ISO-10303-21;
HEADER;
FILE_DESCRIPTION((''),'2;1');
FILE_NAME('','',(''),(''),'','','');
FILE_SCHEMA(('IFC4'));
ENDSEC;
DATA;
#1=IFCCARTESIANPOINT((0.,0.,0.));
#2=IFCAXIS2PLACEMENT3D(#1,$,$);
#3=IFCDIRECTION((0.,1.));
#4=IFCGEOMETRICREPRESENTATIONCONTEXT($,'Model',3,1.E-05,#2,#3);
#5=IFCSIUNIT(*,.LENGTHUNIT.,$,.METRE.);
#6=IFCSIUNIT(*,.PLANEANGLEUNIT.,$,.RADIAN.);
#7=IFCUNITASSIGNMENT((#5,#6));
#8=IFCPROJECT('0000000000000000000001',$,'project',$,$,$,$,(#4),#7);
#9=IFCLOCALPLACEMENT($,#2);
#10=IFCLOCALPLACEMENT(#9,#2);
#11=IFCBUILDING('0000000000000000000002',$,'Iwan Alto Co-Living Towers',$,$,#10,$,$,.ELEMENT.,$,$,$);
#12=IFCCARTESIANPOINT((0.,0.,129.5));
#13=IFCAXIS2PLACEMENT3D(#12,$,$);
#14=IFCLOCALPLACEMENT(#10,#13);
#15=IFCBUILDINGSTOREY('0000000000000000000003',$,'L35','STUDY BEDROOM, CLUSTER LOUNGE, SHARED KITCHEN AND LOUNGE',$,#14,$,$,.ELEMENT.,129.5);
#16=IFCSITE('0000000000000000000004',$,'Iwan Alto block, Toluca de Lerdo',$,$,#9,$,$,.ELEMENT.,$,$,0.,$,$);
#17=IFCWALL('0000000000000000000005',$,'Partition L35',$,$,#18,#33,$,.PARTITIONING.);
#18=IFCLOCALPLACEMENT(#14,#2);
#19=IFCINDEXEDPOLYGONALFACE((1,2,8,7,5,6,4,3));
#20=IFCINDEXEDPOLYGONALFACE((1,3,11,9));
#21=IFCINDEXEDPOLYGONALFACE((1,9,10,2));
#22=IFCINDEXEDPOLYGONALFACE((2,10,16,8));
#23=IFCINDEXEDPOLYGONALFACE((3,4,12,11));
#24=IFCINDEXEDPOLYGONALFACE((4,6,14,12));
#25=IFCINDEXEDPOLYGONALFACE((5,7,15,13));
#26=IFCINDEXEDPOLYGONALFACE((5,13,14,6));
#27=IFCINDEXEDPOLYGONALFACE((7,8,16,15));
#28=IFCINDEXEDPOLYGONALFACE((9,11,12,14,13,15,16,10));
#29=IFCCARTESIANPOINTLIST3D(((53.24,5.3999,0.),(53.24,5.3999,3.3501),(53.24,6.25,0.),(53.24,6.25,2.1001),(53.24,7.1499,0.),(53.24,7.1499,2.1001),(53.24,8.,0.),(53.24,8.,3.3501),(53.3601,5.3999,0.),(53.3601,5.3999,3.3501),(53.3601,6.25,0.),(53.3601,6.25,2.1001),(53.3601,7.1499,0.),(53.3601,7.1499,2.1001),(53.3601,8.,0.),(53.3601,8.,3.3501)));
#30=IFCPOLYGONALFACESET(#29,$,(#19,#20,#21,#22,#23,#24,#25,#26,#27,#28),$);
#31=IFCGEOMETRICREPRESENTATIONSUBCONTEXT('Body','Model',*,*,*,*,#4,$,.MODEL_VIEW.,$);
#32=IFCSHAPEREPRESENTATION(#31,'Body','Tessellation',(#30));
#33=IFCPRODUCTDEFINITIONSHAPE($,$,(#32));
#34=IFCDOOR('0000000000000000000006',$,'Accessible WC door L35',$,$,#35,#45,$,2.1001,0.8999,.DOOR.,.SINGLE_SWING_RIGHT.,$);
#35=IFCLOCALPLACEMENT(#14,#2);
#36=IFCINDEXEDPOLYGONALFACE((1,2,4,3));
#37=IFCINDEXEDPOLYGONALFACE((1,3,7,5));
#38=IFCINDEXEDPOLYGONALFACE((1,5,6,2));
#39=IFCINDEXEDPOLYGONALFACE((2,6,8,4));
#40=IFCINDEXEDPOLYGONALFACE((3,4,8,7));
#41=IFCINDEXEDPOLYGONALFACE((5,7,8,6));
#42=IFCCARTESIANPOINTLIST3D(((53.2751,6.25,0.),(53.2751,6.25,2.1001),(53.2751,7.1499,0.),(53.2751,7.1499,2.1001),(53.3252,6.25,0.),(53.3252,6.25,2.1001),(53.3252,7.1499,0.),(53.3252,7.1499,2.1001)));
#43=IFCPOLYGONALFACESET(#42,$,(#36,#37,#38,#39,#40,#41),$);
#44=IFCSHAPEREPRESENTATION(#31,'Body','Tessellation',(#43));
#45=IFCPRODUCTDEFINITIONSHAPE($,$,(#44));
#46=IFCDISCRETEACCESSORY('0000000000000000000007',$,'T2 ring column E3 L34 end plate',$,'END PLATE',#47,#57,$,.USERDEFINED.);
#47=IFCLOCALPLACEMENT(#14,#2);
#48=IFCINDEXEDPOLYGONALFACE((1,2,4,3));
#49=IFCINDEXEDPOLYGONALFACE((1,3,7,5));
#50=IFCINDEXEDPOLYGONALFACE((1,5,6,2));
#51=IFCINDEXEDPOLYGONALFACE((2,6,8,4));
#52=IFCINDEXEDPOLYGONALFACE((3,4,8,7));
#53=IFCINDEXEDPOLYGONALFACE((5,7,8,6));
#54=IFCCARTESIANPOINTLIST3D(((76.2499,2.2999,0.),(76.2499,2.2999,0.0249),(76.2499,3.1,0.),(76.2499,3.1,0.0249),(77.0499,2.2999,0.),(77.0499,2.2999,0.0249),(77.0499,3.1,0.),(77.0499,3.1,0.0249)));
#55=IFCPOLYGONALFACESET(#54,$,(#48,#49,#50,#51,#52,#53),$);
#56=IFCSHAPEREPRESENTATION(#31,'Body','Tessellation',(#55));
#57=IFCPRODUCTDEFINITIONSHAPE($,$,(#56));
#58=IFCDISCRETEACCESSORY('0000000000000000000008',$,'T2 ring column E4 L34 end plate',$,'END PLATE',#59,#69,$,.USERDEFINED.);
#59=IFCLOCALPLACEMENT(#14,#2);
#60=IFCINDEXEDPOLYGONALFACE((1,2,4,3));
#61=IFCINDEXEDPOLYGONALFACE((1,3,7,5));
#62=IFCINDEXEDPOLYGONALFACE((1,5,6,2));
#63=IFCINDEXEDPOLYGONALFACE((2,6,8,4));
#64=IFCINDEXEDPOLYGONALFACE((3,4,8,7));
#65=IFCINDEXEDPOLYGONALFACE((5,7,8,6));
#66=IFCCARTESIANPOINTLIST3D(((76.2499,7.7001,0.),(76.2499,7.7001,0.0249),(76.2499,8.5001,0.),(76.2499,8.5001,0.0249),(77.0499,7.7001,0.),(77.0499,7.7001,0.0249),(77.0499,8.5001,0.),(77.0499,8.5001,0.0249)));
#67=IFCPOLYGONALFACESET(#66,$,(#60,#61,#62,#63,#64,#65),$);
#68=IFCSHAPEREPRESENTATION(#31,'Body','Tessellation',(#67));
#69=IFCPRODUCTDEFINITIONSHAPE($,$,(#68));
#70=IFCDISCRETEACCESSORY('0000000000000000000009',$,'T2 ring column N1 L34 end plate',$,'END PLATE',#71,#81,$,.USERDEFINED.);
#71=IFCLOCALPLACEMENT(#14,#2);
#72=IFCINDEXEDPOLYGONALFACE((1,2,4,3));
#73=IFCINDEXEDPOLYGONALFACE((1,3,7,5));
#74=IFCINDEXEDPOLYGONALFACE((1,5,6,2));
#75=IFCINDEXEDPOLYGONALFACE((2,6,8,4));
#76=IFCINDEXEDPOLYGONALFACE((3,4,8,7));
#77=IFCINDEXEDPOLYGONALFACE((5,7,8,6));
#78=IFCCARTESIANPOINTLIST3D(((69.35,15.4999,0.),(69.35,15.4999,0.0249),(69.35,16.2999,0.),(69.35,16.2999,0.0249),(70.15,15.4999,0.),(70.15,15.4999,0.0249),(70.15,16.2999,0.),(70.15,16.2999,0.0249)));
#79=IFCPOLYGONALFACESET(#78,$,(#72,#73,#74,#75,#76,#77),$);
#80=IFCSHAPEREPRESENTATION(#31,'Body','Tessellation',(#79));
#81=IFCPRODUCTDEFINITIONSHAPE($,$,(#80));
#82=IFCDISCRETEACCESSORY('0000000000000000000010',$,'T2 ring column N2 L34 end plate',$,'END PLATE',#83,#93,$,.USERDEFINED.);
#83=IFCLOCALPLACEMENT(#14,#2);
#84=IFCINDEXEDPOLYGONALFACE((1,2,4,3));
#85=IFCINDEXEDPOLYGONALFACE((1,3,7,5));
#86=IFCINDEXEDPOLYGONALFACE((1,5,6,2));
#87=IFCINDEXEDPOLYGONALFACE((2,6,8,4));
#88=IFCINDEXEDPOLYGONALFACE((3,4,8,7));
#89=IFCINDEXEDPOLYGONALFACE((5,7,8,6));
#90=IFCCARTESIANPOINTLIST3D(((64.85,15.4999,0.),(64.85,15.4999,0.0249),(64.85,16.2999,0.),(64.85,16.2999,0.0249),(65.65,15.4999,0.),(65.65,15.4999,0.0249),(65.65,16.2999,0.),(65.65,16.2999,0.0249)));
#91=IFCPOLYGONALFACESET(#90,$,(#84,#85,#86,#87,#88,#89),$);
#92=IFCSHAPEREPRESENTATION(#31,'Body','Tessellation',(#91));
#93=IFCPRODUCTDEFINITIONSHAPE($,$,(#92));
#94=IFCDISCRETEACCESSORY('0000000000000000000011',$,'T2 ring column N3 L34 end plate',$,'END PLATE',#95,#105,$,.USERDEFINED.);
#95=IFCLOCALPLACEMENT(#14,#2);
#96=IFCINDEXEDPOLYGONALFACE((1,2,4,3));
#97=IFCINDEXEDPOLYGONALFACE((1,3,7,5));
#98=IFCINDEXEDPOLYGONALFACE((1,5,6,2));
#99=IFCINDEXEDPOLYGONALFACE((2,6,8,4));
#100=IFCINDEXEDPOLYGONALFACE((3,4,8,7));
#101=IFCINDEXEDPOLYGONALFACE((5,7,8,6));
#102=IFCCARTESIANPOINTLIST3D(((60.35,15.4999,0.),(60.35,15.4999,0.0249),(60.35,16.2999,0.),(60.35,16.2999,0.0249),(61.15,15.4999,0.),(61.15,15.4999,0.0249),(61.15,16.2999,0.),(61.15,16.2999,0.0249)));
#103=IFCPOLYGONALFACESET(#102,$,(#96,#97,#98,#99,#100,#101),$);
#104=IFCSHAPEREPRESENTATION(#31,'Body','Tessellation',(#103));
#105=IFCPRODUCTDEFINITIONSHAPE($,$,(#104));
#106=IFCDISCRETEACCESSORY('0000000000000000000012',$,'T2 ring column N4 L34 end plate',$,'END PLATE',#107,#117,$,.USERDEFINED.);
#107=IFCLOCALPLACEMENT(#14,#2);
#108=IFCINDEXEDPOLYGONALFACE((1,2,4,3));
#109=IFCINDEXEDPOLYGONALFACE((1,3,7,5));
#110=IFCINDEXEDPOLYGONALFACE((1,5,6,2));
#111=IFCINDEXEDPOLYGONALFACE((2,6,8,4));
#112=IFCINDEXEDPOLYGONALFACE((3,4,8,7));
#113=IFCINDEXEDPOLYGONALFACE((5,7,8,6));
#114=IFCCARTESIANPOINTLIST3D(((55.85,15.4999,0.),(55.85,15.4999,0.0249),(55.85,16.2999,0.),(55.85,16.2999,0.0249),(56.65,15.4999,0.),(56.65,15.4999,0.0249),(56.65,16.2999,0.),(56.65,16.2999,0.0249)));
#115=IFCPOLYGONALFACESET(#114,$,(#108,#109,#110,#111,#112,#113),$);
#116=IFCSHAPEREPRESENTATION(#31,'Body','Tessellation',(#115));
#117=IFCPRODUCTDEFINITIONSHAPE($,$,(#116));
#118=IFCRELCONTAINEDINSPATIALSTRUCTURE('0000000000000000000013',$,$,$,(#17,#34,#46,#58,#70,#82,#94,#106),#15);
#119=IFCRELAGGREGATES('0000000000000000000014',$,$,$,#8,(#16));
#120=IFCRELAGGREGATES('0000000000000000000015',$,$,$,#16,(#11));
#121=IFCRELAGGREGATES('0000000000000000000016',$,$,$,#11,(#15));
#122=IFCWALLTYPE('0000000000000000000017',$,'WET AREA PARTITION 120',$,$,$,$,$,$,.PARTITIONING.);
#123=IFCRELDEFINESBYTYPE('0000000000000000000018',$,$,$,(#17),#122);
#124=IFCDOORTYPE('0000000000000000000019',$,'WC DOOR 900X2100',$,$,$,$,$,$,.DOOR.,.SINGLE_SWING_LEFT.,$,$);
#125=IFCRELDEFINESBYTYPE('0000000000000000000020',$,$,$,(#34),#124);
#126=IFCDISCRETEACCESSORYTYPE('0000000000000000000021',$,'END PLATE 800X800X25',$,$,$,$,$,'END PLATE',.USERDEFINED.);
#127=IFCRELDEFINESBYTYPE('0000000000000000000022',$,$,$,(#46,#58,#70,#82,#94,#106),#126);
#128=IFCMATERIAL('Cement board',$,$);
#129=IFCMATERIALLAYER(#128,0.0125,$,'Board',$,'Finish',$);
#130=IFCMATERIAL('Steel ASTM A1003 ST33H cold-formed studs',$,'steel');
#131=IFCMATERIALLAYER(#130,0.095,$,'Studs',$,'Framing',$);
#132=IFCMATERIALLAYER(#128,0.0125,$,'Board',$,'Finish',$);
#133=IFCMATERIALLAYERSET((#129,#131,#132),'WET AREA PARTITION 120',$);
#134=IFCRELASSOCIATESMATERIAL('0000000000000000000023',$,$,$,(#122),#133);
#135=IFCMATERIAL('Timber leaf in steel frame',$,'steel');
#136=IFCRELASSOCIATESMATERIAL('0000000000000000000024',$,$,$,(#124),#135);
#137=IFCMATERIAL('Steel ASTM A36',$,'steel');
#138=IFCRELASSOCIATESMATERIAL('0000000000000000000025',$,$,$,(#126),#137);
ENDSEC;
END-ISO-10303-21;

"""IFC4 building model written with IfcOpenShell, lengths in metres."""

from ifc_helpers import new_model, si_unit, direction, frame, frame_2d, origin, origin_2d, place, context, subcontext, project, spatial, rectangle, extrude, material, layer, layer_set, type_object, element, fill, save


model = new_model("IFC4")

# Units and contexts
model_context = context("Model", 3, precision=1e-05, world=origin(), true_north=direction((0.0, 1.0)))
body_context = subcontext(model_context, "Body", "Model", "MODEL_VIEW")
ifc_project = project(units=[si_unit("LENGTHUNIT", "METRE"), si_unit("PLANEANGLEUNIT", "RADIAN")], contexts=[model_context])

# Site, building, storey
site_placement = place(None, origin())
site = spatial("IfcSite", under=ifc_project, at=site_placement, Name="Iwan Alto block, Toluca de Lerdo", CompositionType="ELEMENT", RefElevation=0.0)
building_placement = place(site_placement, origin())
building = spatial("IfcBuilding", under=site, at=building_placement, Name="Iwan Alto Co-Living Towers", CompositionType="ELEMENT")
storey_placement = place(building_placement, frame((0.0, 0.0, 129.5)))
storey = spatial("IfcBuildingStorey", under=building, at=storey_placement, Name="L35", Description="STUDY BEDROOM, CLUSTER LOUNGE, SHARED KITCHEN AND LOUNGE", CompositionType="ELEMENT", Elevation=129.5)

# Shared definitions
ifc_material_1 = material(Name="Steel ASTM A1003 ST33H cold-formed studs", Category="steel")

# Wall, opening, door
ifc_material_2 = material(Name="Cement board")
ifc_layer_1 = layer(ifc_material_2, 0.0125, Name="Board", Category="Finish")
ifc_layer_2 = layer(ifc_material_1, 0.095, Name="Studs", Category="Framing")
ifc_layer_3 = layer(ifc_material_2, 0.0125, Name="Board", Category="Finish")
ifc_layer_set_1 = layer_set([ifc_layer_1, ifc_layer_2, ifc_layer_3], Name="WET AREA PARTITION 120")
wall_type_1 = type_object("IfcWallType", Name="WET AREA PARTITION 120", PredefinedType="PARTITIONING", material=ifc_layer_set_1)
wall_1_placement = place(storey_placement, frame((53.3, 5.3999, 0.0), z_axis=(0.0, 0.0, 1.0), x_axis=(0.0, 1.0, 0.0)))
wall_1 = element("IfcWall", 1, at=wall_1_placement, inside=storey, type_object=wall_type_1, Name="Partition L35", PredefinedType="PARTITIONING", context=body_context, shape_type="SweptSolid", body=[
    extrude(rectangle(XDim=2.6001, YDim=0.1201, at=frame_2d((1.3, 0.0))), origin(), (0.0, 0.0, 1.0), 3.3501),
])
opening_1_placement = place(wall_1_placement, frame((0.8501, 0.0, 0.0)))
opening_1 = element("IfcOpeningElement", 2, at=opening_1_placement, cuts=wall_1, PredefinedType="OPENING", context=body_context, shape_type="SweptSolid", body=[
    extrude(rectangle(XDim=0.8999, YDim=2.1001, at=frame_2d((0.45, 1.05))), frame((0.0, 0.0701, 0.0), z_axis=(0.0, -1.0, 0.0), x_axis=(1.0, 0.0, 0.0)), (0.0, 0.0, 1.0), 0.1401),
])
ifc_material_3 = material(Name="Timber leaf in steel frame", Category="steel")
door_type_1 = type_object("IfcDoorType", Name="WC DOOR 900X2100", OperationType="SINGLE_SWING_LEFT", PredefinedType="DOOR", material=ifc_material_3)
door_1_placement = place(opening_1_placement, origin())
door_1 = element("IfcDoor", 3, at=door_1_placement, inside=storey, type_object=door_type_1, Name="Accessible WC door L35", OperationType="SINGLE_SWING_RIGHT", OverallHeight=2.1001, OverallWidth=0.8999, PredefinedType="DOOR", context=body_context, shape_type="SweptSolid", body=[
    extrude(rectangle(XDim=0.8999, YDim=2.1001, at=frame_2d((0.45, 1.05))), frame((0.0, 0.0249, 0.0), z_axis=(0.0, -1.0, 0.0), x_axis=(1.0, 0.0, 0.0)), (0.0, 0.0, 1.0), 0.05),
])
fill(opening_1, door_1)

# Discrete accessories
ifc_material_4 = material(Name="Steel ASTM A36", Category="steel")
discrete_accessory_type = type_object("IfcDiscreteAccessoryType", Name="END PLATE 800X800X25", ElementType="END PLATE", PredefinedType="USERDEFINED", material=ifc_material_4)
for number, where, z_axis, x_axis, name in (
    (4, (76.6499, 2.7, 0.0), (0.0, 0.0, 1.0), (1.0, 0.0, 0.0), "T2 ring column E3 L34 end plate"),
    (5, (76.6499, 8.1001, 0.0), (0.0, 0.0, 1.0), (1.0, 0.0, 0.0), "T2 ring column E4 L34 end plate"),
    (6, (69.75, 15.8999, 0.0), (0.0, 0.0, 1.0), (1.0, 0.0, 0.0), "T2 ring column N1 L34 end plate"),
    (7, (65.25, 15.8999, 0.0), (0.0, 0.0, 1.0), (1.0, 0.0, 0.0), "T2 ring column N2 L34 end plate"),
    (8, (60.75, 15.8999, 0.0), (0.0, 0.0, 1.0), (1.0, 0.0, 0.0), "T2 ring column N3 L34 end plate"),
    (9, (56.25, 15.8999, 0.0), (0.0, 0.0, 1.0), (1.0, 0.0, 0.0), "T2 ring column N4 L34 end plate"),
):
    element("IfcDiscreteAccessory", number, at=place(storey_placement, frame(where, z_axis=z_axis, x_axis=x_axis)), inside=storey, type_object=discrete_accessory_type, Name=name, ObjectType="END PLATE", PredefinedType="USERDEFINED", context=body_context, shape_type="SweptSolid", body=[
        extrude(rectangle(XDim=0.8, YDim=0.8, at=origin_2d()), origin(), (0.0, 0.0, 1.0), 0.0249),
    ])

save(model, "model.ifc")
